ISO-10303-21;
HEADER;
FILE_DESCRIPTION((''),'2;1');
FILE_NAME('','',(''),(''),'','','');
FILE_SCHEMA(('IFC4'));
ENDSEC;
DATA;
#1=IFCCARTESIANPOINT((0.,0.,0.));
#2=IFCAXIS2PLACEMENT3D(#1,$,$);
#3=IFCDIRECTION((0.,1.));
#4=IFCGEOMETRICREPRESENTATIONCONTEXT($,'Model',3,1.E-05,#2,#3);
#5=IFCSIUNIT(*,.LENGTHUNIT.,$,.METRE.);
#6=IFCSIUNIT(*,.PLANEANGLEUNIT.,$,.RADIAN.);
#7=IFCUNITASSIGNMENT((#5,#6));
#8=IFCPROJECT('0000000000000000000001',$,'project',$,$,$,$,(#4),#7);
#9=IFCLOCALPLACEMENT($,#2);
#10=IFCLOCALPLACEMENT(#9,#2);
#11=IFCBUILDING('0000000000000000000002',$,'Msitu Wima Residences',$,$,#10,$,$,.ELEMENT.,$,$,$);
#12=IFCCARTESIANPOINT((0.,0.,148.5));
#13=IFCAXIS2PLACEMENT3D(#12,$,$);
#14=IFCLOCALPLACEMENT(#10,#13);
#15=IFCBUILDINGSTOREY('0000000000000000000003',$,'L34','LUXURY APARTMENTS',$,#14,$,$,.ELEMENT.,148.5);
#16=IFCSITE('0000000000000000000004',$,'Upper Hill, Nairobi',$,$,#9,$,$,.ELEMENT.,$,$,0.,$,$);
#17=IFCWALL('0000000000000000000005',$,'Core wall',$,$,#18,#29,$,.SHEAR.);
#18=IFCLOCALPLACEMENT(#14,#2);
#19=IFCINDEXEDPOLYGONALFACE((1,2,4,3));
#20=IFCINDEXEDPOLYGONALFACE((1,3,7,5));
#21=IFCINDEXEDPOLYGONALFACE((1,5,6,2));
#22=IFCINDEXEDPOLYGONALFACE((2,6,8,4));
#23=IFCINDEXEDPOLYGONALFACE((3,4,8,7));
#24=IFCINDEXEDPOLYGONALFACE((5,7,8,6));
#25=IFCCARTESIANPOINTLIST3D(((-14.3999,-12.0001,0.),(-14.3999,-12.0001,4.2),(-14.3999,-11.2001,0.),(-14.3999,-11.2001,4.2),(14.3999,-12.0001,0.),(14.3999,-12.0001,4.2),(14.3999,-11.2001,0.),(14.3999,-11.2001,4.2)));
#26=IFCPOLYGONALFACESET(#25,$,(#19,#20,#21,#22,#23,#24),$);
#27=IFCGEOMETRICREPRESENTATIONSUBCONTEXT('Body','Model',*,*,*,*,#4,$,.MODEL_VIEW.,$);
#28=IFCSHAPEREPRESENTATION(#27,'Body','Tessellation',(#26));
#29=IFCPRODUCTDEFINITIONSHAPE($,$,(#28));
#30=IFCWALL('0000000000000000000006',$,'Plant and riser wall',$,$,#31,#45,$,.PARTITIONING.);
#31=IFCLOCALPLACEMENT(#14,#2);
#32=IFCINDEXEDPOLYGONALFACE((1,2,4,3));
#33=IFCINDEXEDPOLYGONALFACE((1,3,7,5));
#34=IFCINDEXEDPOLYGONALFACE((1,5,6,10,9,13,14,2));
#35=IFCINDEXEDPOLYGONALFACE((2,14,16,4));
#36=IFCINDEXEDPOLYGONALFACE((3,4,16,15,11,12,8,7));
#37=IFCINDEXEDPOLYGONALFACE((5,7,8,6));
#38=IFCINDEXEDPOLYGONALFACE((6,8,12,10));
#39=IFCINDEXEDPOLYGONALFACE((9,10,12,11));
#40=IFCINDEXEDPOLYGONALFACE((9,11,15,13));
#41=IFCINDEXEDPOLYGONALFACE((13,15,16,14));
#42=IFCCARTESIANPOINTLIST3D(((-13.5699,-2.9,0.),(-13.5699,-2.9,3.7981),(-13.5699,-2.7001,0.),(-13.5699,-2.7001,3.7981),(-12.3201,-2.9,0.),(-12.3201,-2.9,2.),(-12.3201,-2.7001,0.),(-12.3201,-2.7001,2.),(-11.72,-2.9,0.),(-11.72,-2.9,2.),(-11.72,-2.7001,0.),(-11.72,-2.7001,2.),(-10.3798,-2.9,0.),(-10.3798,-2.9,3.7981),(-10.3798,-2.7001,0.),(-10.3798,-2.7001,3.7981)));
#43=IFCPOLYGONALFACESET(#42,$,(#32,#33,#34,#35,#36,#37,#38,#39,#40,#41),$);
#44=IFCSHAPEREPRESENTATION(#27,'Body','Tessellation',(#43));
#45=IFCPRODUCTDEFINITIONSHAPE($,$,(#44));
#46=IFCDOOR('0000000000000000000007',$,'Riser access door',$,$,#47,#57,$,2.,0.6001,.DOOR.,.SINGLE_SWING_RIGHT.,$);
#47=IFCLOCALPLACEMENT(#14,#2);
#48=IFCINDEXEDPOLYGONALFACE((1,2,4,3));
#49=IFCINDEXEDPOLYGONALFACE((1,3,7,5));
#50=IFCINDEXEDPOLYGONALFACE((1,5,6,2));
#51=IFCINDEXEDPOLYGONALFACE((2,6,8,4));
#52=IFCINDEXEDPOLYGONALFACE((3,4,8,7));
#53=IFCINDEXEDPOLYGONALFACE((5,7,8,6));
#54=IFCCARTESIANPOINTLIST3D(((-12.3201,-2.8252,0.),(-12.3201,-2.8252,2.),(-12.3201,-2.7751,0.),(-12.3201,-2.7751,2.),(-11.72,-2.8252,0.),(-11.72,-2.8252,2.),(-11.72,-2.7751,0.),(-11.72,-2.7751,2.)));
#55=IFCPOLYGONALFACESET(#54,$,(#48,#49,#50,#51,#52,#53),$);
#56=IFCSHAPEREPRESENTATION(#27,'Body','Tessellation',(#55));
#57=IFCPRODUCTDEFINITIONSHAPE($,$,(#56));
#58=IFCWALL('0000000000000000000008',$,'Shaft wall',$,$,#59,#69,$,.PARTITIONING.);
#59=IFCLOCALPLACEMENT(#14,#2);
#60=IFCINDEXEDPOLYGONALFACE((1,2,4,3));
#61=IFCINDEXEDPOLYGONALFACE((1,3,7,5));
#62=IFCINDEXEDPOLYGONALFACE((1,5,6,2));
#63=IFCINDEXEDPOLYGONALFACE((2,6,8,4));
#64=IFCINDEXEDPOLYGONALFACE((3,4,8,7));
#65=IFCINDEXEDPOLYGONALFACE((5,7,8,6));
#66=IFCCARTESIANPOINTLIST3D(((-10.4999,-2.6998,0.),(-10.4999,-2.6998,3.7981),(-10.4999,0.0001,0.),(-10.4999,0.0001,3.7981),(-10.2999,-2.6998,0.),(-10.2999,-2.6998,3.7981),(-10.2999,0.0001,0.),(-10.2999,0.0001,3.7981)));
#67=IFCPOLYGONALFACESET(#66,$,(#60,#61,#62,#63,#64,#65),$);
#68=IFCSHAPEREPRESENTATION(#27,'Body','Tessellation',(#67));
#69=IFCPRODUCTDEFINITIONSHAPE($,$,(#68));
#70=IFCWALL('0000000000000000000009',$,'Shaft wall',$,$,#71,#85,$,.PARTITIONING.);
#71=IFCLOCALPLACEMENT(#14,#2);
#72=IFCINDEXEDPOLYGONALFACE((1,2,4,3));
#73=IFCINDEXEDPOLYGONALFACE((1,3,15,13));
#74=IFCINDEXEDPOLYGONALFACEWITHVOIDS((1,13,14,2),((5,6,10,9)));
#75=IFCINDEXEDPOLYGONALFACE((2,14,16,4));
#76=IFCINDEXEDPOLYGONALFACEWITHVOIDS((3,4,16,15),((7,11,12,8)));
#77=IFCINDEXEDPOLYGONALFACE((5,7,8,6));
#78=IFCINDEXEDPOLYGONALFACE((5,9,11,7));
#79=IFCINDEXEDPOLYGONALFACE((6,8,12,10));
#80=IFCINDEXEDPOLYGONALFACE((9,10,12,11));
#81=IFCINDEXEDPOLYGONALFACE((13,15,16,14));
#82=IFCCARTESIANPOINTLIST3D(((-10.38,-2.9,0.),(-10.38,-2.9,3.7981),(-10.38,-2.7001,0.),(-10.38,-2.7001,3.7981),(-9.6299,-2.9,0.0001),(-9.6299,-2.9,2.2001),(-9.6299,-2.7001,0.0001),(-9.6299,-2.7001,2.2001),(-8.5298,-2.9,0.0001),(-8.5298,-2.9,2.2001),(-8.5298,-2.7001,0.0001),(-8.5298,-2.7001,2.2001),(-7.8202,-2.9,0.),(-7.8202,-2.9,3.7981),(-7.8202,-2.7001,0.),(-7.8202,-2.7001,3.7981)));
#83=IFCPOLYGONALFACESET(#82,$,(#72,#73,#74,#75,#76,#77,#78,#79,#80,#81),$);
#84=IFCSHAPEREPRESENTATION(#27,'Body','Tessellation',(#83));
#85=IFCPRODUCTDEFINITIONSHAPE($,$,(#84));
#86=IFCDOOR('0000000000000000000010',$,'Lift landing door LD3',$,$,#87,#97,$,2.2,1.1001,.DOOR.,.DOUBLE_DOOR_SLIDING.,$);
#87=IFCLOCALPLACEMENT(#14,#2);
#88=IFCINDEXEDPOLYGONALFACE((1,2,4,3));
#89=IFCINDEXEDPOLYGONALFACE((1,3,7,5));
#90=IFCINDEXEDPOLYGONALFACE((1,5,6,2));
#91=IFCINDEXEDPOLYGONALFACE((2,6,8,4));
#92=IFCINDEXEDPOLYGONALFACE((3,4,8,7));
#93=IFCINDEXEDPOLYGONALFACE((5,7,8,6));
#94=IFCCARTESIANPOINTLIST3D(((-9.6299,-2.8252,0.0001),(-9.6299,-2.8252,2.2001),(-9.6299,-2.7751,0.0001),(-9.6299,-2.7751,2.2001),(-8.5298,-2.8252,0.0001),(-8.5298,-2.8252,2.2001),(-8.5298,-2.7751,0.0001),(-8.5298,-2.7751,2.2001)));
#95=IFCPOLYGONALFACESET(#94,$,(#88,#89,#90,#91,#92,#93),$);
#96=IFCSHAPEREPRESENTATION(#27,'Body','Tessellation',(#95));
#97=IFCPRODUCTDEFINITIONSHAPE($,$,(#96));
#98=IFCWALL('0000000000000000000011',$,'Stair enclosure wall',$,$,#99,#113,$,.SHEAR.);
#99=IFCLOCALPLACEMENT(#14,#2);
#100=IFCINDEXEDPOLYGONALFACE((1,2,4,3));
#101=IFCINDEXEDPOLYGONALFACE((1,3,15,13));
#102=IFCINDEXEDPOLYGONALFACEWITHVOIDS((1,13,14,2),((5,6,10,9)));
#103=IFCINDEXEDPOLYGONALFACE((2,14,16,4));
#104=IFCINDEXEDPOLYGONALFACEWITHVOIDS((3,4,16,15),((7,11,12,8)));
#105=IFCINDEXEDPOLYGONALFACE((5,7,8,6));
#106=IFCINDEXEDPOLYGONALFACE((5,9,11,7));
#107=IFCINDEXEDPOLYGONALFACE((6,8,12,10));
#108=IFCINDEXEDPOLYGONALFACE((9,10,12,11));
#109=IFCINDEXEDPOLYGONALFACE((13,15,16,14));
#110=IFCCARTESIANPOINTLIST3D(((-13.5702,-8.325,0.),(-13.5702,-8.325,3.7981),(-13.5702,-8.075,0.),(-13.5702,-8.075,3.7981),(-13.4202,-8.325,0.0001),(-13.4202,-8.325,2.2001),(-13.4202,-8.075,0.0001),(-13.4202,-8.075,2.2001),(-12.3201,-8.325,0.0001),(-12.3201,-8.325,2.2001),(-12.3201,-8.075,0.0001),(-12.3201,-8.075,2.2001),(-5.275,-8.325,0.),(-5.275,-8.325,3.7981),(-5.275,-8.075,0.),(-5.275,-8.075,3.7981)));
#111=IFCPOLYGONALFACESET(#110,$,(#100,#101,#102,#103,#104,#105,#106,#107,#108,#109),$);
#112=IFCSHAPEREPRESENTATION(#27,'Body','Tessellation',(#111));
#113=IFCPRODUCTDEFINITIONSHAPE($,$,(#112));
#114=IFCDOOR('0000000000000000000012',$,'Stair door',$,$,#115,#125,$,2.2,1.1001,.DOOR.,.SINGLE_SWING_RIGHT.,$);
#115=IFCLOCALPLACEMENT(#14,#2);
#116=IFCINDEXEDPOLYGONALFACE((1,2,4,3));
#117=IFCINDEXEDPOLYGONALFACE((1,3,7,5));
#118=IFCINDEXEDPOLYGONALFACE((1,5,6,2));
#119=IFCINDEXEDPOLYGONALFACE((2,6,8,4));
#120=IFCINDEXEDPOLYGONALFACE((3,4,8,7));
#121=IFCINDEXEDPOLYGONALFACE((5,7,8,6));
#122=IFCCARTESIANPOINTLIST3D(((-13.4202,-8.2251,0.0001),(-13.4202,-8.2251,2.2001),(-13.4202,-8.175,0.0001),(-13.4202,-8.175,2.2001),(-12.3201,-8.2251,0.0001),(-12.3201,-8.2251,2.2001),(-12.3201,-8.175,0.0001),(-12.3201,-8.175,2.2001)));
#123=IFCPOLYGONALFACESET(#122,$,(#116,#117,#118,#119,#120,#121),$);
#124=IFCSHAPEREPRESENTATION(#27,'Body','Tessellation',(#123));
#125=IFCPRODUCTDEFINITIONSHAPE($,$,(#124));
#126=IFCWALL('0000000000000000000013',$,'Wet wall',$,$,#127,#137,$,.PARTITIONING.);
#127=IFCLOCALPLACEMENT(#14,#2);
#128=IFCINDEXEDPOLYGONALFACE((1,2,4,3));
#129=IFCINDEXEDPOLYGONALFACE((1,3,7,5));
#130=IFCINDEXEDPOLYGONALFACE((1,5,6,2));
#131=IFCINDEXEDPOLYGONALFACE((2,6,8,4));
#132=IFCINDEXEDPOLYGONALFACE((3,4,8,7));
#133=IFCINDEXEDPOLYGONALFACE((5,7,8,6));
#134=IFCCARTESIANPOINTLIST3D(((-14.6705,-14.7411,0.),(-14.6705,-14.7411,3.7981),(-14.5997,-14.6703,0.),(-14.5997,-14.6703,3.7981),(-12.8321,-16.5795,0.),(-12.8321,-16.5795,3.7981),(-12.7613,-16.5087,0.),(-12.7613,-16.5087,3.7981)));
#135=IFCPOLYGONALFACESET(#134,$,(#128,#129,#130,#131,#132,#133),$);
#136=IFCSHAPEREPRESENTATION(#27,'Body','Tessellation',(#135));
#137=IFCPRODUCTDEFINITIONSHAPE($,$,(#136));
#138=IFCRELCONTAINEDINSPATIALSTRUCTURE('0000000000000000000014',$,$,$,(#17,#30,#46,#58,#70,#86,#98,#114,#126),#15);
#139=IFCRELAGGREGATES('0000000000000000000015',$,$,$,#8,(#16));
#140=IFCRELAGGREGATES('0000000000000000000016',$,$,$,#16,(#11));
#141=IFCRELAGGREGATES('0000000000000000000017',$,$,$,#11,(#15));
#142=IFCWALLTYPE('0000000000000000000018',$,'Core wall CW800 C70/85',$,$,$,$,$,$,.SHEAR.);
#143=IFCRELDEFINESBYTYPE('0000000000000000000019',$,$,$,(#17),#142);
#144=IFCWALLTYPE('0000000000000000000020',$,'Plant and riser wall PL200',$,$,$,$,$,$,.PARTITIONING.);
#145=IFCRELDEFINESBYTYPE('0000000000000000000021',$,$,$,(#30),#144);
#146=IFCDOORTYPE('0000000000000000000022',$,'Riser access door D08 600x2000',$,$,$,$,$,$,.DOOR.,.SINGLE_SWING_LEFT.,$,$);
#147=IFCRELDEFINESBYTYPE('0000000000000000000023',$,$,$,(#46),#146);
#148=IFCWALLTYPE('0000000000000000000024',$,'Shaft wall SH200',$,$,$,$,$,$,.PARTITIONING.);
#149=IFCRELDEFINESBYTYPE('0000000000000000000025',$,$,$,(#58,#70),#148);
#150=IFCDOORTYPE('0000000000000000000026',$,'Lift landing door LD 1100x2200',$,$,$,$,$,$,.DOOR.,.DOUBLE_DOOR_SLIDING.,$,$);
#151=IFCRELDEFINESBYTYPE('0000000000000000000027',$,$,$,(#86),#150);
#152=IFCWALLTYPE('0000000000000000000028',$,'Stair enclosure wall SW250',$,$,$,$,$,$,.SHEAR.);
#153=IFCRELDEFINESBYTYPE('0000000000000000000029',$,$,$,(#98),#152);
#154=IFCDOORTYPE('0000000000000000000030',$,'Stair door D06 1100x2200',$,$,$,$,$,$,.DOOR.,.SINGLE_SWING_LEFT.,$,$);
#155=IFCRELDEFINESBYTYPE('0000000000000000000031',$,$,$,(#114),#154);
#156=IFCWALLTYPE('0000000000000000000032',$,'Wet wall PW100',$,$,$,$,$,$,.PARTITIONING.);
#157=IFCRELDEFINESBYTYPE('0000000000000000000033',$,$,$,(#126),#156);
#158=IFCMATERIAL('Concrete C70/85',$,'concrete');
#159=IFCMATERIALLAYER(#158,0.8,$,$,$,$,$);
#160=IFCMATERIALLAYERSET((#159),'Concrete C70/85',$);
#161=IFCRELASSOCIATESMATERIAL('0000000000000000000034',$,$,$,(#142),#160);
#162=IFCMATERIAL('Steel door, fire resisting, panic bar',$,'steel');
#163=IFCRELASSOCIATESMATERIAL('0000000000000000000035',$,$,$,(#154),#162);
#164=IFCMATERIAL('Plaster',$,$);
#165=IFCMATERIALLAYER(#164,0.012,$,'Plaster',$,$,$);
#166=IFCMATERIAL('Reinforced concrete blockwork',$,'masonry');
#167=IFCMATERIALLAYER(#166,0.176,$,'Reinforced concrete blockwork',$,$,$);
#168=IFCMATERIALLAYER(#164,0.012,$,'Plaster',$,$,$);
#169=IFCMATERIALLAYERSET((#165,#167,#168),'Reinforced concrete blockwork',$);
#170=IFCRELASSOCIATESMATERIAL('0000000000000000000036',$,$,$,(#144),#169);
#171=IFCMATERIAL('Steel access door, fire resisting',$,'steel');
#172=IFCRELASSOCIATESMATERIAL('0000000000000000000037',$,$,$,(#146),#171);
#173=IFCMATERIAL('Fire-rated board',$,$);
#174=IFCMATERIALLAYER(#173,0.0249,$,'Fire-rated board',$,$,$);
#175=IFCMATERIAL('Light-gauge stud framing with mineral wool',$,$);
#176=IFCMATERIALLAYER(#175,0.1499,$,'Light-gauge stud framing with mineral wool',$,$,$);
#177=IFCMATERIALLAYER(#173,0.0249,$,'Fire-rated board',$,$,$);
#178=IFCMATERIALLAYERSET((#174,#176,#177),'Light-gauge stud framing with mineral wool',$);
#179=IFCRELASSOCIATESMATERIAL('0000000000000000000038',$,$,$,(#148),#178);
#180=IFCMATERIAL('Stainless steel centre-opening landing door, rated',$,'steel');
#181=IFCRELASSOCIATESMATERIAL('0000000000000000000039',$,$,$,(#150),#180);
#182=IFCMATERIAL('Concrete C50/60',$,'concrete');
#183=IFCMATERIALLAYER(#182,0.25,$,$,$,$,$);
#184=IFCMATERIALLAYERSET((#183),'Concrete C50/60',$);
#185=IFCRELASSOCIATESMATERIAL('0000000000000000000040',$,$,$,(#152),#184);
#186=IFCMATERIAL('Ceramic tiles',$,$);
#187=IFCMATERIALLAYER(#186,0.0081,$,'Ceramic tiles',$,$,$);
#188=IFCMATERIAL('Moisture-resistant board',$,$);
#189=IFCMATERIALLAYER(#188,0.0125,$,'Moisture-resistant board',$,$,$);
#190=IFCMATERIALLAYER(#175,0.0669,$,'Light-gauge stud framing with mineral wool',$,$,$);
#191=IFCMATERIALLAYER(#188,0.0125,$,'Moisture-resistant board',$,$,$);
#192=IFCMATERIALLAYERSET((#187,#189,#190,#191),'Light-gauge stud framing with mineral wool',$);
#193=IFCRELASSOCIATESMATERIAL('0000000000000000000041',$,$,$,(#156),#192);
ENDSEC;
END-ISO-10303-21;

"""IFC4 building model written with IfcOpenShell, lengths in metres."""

from ifc_helpers import new_model, si_unit, direction, frame, frame_2d, origin, place, context, subcontext, project, spatial, rectangle, extrude, material, layer, layer_set, type_object, element, fill, save


model = new_model("IFC4")

# Units and contexts
model_context = context("Model", 3, precision=1e-05, world=origin(), true_north=direction((0.0, 1.0)))
body_context = subcontext(model_context, "Body", "Model", "MODEL_VIEW")
ifc_project = project(units=[si_unit("LENGTHUNIT", "METRE"), si_unit("PLANEANGLEUNIT", "RADIAN")], contexts=[model_context])

# Site, building, storey
site_placement = place(None, origin())
site = spatial("IfcSite", under=ifc_project, at=site_placement, Name="Upper Hill, Nairobi", CompositionType="ELEMENT", RefElevation=0.0)
building_placement = place(site_placement, origin())
building = spatial("IfcBuilding", under=site, at=building_placement, Name="Msitu Wima Residences", CompositionType="ELEMENT")
storey_placement = place(building_placement, frame((0.0, 0.0, 148.5)))
storey = spatial("IfcBuildingStorey", under=building, at=storey_placement, Name="L34", Description="LUXURY APARTMENTS", CompositionType="ELEMENT", Elevation=148.5)

# Wall
ifc_material_1 = material(Name="Concrete C70/85", Category="concrete")
ifc_layer_1 = layer(ifc_material_1, 0.8)
ifc_layer_set_1 = layer_set([ifc_layer_1], Name="Concrete C70/85")
wall_type_1 = type_object("IfcWallType", Name="Core wall CW800 C70/85", PredefinedType="SHEAR", material=ifc_layer_set_1)
wall_1_placement = place(storey_placement, frame((-14.3999, -11.6001, 0.0), z_axis=(0.0, 0.0, 1.0), x_axis=(1.0, 0.0, 0.0)))
element("IfcWall", 1, at=wall_1_placement, inside=storey, type_object=wall_type_1, Name="Core wall", PredefinedType="SHEAR", context=body_context, shape_type="SweptSolid", body=[
    extrude(rectangle(XDim=28.7998, YDim=0.8, at=frame_2d((14.3999, 0.0))), origin(), (0.0, 0.0, 1.0), 4.2),
])

# Shared definitions
ifc_material_2 = material(Name="Steel door, fire resisting, panic bar", Category="steel")
door_type_1 = type_object("IfcDoorType", Name="Stair door D06 1100x2200", OperationType="SINGLE_SWING_LEFT", PredefinedType="DOOR", material=ifc_material_2)

# Wall, opening, door
ifc_material_3 = material(Name="Plaster")
ifc_layer_2 = layer(ifc_material_3, 0.012, Name="Plaster")
ifc_material_4 = material(Name="Reinforced concrete blockwork", Category="masonry")
ifc_layer_3 = layer(ifc_material_4, 0.176, Name="Reinforced concrete blockwork")
ifc_layer_4 = layer(ifc_material_3, 0.012, Name="Plaster")
ifc_layer_set_2 = layer_set([ifc_layer_2, ifc_layer_3, ifc_layer_4], Name="Reinforced concrete blockwork")
wall_type_2 = type_object("IfcWallType", Name="Plant and riser wall PL200", PredefinedType="PARTITIONING", material=ifc_layer_set_2)
wall_2_placement = place(storey_placement, frame((-13.5701, -2.8, 0.0), z_axis=(0.0, 0.0, 1.0), x_axis=(1.0, 0.0, 0.0)))
wall_2 = element("IfcWall", 2, at=wall_2_placement, inside=storey, type_object=wall_type_2, Name="Plant and riser wall", PredefinedType="PARTITIONING", context=body_context, shape_type="SweptSolid", body=[
    extrude(rectangle(XDim=3.1902, YDim=0.2, at=frame_2d((1.5952, 0.0))), origin(), (0.0, 0.0, 1.0), 3.7981),
])
opening_1_placement = place(wall_2_placement, frame((1.25, 0.0, 0.0)))
opening_1 = element("IfcOpeningElement", 3, at=opening_1_placement, cuts=wall_2, PredefinedType="OPENING", context=body_context, shape_type="SweptSolid", body=[
    extrude(rectangle(XDim=0.6001, YDim=2.0, at=frame_2d((0.3, 1.0))), frame((0.0, 0.1099, 0.0), z_axis=(0.0, -1.0, 0.0), x_axis=(1.0, 0.0, 0.0)), (0.0, 0.0, 1.0), 0.22),
])
ifc_material_5 = material(Name="Steel access door, fire resisting", Category="steel")
door_type_2 = type_object("IfcDoorType", Name="Riser access door D08 600x2000", OperationType="SINGLE_SWING_LEFT", PredefinedType="DOOR", material=ifc_material_5)
door_1_placement = place(opening_1_placement, origin())
door_1 = element("IfcDoor", 4, at=door_1_placement, inside=storey, type_object=door_type_2, Name="Riser access door", OperationType="SINGLE_SWING_RIGHT", OverallHeight=2.0, OverallWidth=0.6001, PredefinedType="DOOR", context=body_context, shape_type="SweptSolid", body=[
    extrude(rectangle(XDim=0.6001, YDim=2.0, at=frame_2d((0.3, 1.0))), frame((0.0, 0.0249, 0.0), z_axis=(0.0, -1.0, 0.0), x_axis=(1.0, 0.0, 0.0)), (0.0, 0.0, 1.0), 0.05),
])
fill(opening_1, door_1)

# Wall
ifc_material_6 = material(Name="Fire-rated board")
ifc_layer_5 = layer(ifc_material_6, 0.0249, Name="Fire-rated board")
ifc_material_7 = material(Name="Light-gauge stud framing with mineral wool")
ifc_layer_6 = layer(ifc_material_7, 0.1499, Name="Light-gauge stud framing with mineral wool")
ifc_layer_7 = layer(ifc_material_6, 0.0249, Name="Fire-rated board")
ifc_layer_set_3 = layer_set([ifc_layer_5, ifc_layer_6, ifc_layer_7], Name="Light-gauge stud framing with mineral wool")
wall_type_3 = type_object("IfcWallType", Name="Shaft wall SH200", PredefinedType="PARTITIONING", material=ifc_layer_set_3)
wall_3_placement = place(storey_placement, frame((-10.3999, -2.7, 0.0), z_axis=(0.0, 0.0, 1.0), x_axis=(0.0, 1.0, 0.0)))
element("IfcWall", 5, at=wall_3_placement, inside=storey, type_object=wall_type_3, Name="Shaft wall", PredefinedType="PARTITIONING", context=body_context, shape_type="SweptSolid", body=[
    extrude(rectangle(XDim=2.7, YDim=0.2, at=frame_2d((1.3501, 0.0))), origin(), (0.0, 0.0, 1.0), 3.7981),
])

# Walls, openings, doors
wall_4_placement = place(storey_placement, frame((-10.3799, -2.8, 0.0), z_axis=(0.0, 0.0, 1.0), x_axis=(1.0, 0.0, 0.0)))
wall_4 = element("IfcWall", 6, at=wall_4_placement, inside=storey, type_object=wall_type_3, Name="Shaft wall", PredefinedType="PARTITIONING", context=body_context, shape_type="SweptSolid", body=[
    extrude(rectangle(XDim=2.5598, YDim=0.2, at=frame_2d((1.2798, 0.0))), origin(), (0.0, 0.0, 1.0), 3.7981),
])
opening_2_placement = place(wall_4_placement, frame((0.75, 0.0, 0.0)))
opening_2 = element("IfcOpeningElement", 7, at=opening_2_placement, cuts=wall_4, PredefinedType="OPENING", context=body_context, shape_type="SweptSolid", body=[
    extrude(rectangle(XDim=1.1001, YDim=2.2, at=frame_2d((0.55, 1.1001))), frame((0.0, 0.1099, 0.0), z_axis=(0.0, -1.0, 0.0), x_axis=(1.0, 0.0, 0.0)), (0.0, 0.0, 1.0), 0.22),
])
ifc_material_8 = material(Name="Stainless steel centre-opening landing door, rated", Category="steel")
door_type_3 = type_object("IfcDoorType", Name="Lift landing door LD 1100x2200", OperationType="DOUBLE_DOOR_SLIDING", PredefinedType="DOOR", material=ifc_material_8)
door_2_placement = place(opening_2_placement, origin())
door_2 = element("IfcDoor", 8, at=door_2_placement, inside=storey, type_object=door_type_3, Name="Lift landing door LD3", OperationType="DOUBLE_DOOR_SLIDING", OverallHeight=2.2, OverallWidth=1.1001, PredefinedType="DOOR", context=body_context, shape_type="SweptSolid", body=[
    extrude(rectangle(XDim=1.1001, YDim=2.2, at=frame_2d((0.55, 1.1001))), frame((0.0, 0.0249, 0.0), z_axis=(0.0, -1.0, 0.0), x_axis=(1.0, 0.0, 0.0)), (0.0, 0.0, 1.0), 0.05),
])
fill(opening_2, door_2)
ifc_material_9 = material(Name="Concrete C50/60", Category="concrete")
ifc_layer_8 = layer(ifc_material_9, 0.25)
ifc_layer_set_4 = layer_set([ifc_layer_8], Name="Concrete C50/60")
wall_type_4 = type_object("IfcWallType", Name="Stair enclosure wall SW250", PredefinedType="SHEAR", material=ifc_layer_set_4)
wall_5_placement = place(storey_placement, frame((-13.5701, -8.2, 0.0), z_axis=(0.0, 0.0, 1.0), x_axis=(1.0, 0.0, 0.0)))
wall_5 = element("IfcWall", 9, at=wall_5_placement, inside=storey, type_object=wall_type_4, Name="Stair enclosure wall", PredefinedType="SHEAR", context=body_context, shape_type="SweptSolid", body=[
    extrude(rectangle(XDim=8.2952, YDim=0.25, at=frame_2d((4.1475, 0.0))), origin(), (0.0, 0.0, 1.0), 3.7981),
])
opening_3_placement = place(wall_5_placement, frame((0.1499, 0.0, 0.0)))
opening_3 = element("IfcOpeningElement", 10, at=opening_3_placement, cuts=wall_5, PredefinedType="OPENING", context=body_context, shape_type="SweptSolid", body=[
    extrude(rectangle(XDim=1.1001, YDim=2.2, at=frame_2d((0.55, 1.1001))), frame((0.0, 0.135, 0.0), z_axis=(0.0, -1.0, 0.0), x_axis=(1.0, 0.0, 0.0)), (0.0, 0.0, 1.0), 0.27),
])
door_3_placement = place(opening_3_placement, origin())
door_3 = element("IfcDoor", 11, at=door_3_placement, inside=storey, type_object=door_type_1, Name="Stair door", OperationType="SINGLE_SWING_RIGHT", OverallHeight=2.2, OverallWidth=1.1001, PredefinedType="DOOR", context=body_context, shape_type="SweptSolid", body=[
    extrude(rectangle(XDim=1.1001, YDim=2.2, at=frame_2d((0.55, 1.1001))), frame((0.0, 0.0249, 0.0), z_axis=(0.0, -1.0, 0.0), x_axis=(1.0, 0.0, 0.0)), (0.0, 0.0, 1.0), 0.05),
])
fill(opening_3, door_3)

# Wall
ifc_material_10 = material(Name="Ceramic tiles")
ifc_layer_9 = layer(ifc_material_10, 0.0081, Name="Ceramic tiles")
ifc_material_11 = material(Name="Moisture-resistant board")
ifc_layer_10 = layer(ifc_material_11, 0.0125, Name="Moisture-resistant board")
ifc_layer_11 = layer(ifc_material_7, 0.0669, Name="Light-gauge stud framing with mineral wool")
ifc_layer_12 = layer(ifc_material_11, 0.0125, Name="Moisture-resistant board")
ifc_layer_set_5 = layer_set([ifc_layer_9, ifc_layer_10, ifc_layer_11, ifc_layer_12], Name="Light-gauge stud framing with mineral wool")
wall_type_5 = type_object("IfcWallType", Name="Wet wall PW100", PredefinedType="PARTITIONING", material=ifc_layer_set_5)
wall_6_placement = place(storey_placement, frame((-14.635, -14.7058, 0.0), z_axis=(0.0, 0.0, 1.0), x_axis=(0.707107, -0.707107, 0.0)))
element("IfcWall", 12, at=wall_6_placement, inside=storey, type_object=wall_type_5, Name="Wet wall", PredefinedType="PARTITIONING", context=body_context, shape_type="SweptSolid", body=[
    extrude(rectangle(XDim=2.5999, YDim=0.1001, at=frame_2d((1.2998, 0.0))), origin(), (0.0, 0.0, 1.0), 3.7981),
])

save(model, "model.ifc")
